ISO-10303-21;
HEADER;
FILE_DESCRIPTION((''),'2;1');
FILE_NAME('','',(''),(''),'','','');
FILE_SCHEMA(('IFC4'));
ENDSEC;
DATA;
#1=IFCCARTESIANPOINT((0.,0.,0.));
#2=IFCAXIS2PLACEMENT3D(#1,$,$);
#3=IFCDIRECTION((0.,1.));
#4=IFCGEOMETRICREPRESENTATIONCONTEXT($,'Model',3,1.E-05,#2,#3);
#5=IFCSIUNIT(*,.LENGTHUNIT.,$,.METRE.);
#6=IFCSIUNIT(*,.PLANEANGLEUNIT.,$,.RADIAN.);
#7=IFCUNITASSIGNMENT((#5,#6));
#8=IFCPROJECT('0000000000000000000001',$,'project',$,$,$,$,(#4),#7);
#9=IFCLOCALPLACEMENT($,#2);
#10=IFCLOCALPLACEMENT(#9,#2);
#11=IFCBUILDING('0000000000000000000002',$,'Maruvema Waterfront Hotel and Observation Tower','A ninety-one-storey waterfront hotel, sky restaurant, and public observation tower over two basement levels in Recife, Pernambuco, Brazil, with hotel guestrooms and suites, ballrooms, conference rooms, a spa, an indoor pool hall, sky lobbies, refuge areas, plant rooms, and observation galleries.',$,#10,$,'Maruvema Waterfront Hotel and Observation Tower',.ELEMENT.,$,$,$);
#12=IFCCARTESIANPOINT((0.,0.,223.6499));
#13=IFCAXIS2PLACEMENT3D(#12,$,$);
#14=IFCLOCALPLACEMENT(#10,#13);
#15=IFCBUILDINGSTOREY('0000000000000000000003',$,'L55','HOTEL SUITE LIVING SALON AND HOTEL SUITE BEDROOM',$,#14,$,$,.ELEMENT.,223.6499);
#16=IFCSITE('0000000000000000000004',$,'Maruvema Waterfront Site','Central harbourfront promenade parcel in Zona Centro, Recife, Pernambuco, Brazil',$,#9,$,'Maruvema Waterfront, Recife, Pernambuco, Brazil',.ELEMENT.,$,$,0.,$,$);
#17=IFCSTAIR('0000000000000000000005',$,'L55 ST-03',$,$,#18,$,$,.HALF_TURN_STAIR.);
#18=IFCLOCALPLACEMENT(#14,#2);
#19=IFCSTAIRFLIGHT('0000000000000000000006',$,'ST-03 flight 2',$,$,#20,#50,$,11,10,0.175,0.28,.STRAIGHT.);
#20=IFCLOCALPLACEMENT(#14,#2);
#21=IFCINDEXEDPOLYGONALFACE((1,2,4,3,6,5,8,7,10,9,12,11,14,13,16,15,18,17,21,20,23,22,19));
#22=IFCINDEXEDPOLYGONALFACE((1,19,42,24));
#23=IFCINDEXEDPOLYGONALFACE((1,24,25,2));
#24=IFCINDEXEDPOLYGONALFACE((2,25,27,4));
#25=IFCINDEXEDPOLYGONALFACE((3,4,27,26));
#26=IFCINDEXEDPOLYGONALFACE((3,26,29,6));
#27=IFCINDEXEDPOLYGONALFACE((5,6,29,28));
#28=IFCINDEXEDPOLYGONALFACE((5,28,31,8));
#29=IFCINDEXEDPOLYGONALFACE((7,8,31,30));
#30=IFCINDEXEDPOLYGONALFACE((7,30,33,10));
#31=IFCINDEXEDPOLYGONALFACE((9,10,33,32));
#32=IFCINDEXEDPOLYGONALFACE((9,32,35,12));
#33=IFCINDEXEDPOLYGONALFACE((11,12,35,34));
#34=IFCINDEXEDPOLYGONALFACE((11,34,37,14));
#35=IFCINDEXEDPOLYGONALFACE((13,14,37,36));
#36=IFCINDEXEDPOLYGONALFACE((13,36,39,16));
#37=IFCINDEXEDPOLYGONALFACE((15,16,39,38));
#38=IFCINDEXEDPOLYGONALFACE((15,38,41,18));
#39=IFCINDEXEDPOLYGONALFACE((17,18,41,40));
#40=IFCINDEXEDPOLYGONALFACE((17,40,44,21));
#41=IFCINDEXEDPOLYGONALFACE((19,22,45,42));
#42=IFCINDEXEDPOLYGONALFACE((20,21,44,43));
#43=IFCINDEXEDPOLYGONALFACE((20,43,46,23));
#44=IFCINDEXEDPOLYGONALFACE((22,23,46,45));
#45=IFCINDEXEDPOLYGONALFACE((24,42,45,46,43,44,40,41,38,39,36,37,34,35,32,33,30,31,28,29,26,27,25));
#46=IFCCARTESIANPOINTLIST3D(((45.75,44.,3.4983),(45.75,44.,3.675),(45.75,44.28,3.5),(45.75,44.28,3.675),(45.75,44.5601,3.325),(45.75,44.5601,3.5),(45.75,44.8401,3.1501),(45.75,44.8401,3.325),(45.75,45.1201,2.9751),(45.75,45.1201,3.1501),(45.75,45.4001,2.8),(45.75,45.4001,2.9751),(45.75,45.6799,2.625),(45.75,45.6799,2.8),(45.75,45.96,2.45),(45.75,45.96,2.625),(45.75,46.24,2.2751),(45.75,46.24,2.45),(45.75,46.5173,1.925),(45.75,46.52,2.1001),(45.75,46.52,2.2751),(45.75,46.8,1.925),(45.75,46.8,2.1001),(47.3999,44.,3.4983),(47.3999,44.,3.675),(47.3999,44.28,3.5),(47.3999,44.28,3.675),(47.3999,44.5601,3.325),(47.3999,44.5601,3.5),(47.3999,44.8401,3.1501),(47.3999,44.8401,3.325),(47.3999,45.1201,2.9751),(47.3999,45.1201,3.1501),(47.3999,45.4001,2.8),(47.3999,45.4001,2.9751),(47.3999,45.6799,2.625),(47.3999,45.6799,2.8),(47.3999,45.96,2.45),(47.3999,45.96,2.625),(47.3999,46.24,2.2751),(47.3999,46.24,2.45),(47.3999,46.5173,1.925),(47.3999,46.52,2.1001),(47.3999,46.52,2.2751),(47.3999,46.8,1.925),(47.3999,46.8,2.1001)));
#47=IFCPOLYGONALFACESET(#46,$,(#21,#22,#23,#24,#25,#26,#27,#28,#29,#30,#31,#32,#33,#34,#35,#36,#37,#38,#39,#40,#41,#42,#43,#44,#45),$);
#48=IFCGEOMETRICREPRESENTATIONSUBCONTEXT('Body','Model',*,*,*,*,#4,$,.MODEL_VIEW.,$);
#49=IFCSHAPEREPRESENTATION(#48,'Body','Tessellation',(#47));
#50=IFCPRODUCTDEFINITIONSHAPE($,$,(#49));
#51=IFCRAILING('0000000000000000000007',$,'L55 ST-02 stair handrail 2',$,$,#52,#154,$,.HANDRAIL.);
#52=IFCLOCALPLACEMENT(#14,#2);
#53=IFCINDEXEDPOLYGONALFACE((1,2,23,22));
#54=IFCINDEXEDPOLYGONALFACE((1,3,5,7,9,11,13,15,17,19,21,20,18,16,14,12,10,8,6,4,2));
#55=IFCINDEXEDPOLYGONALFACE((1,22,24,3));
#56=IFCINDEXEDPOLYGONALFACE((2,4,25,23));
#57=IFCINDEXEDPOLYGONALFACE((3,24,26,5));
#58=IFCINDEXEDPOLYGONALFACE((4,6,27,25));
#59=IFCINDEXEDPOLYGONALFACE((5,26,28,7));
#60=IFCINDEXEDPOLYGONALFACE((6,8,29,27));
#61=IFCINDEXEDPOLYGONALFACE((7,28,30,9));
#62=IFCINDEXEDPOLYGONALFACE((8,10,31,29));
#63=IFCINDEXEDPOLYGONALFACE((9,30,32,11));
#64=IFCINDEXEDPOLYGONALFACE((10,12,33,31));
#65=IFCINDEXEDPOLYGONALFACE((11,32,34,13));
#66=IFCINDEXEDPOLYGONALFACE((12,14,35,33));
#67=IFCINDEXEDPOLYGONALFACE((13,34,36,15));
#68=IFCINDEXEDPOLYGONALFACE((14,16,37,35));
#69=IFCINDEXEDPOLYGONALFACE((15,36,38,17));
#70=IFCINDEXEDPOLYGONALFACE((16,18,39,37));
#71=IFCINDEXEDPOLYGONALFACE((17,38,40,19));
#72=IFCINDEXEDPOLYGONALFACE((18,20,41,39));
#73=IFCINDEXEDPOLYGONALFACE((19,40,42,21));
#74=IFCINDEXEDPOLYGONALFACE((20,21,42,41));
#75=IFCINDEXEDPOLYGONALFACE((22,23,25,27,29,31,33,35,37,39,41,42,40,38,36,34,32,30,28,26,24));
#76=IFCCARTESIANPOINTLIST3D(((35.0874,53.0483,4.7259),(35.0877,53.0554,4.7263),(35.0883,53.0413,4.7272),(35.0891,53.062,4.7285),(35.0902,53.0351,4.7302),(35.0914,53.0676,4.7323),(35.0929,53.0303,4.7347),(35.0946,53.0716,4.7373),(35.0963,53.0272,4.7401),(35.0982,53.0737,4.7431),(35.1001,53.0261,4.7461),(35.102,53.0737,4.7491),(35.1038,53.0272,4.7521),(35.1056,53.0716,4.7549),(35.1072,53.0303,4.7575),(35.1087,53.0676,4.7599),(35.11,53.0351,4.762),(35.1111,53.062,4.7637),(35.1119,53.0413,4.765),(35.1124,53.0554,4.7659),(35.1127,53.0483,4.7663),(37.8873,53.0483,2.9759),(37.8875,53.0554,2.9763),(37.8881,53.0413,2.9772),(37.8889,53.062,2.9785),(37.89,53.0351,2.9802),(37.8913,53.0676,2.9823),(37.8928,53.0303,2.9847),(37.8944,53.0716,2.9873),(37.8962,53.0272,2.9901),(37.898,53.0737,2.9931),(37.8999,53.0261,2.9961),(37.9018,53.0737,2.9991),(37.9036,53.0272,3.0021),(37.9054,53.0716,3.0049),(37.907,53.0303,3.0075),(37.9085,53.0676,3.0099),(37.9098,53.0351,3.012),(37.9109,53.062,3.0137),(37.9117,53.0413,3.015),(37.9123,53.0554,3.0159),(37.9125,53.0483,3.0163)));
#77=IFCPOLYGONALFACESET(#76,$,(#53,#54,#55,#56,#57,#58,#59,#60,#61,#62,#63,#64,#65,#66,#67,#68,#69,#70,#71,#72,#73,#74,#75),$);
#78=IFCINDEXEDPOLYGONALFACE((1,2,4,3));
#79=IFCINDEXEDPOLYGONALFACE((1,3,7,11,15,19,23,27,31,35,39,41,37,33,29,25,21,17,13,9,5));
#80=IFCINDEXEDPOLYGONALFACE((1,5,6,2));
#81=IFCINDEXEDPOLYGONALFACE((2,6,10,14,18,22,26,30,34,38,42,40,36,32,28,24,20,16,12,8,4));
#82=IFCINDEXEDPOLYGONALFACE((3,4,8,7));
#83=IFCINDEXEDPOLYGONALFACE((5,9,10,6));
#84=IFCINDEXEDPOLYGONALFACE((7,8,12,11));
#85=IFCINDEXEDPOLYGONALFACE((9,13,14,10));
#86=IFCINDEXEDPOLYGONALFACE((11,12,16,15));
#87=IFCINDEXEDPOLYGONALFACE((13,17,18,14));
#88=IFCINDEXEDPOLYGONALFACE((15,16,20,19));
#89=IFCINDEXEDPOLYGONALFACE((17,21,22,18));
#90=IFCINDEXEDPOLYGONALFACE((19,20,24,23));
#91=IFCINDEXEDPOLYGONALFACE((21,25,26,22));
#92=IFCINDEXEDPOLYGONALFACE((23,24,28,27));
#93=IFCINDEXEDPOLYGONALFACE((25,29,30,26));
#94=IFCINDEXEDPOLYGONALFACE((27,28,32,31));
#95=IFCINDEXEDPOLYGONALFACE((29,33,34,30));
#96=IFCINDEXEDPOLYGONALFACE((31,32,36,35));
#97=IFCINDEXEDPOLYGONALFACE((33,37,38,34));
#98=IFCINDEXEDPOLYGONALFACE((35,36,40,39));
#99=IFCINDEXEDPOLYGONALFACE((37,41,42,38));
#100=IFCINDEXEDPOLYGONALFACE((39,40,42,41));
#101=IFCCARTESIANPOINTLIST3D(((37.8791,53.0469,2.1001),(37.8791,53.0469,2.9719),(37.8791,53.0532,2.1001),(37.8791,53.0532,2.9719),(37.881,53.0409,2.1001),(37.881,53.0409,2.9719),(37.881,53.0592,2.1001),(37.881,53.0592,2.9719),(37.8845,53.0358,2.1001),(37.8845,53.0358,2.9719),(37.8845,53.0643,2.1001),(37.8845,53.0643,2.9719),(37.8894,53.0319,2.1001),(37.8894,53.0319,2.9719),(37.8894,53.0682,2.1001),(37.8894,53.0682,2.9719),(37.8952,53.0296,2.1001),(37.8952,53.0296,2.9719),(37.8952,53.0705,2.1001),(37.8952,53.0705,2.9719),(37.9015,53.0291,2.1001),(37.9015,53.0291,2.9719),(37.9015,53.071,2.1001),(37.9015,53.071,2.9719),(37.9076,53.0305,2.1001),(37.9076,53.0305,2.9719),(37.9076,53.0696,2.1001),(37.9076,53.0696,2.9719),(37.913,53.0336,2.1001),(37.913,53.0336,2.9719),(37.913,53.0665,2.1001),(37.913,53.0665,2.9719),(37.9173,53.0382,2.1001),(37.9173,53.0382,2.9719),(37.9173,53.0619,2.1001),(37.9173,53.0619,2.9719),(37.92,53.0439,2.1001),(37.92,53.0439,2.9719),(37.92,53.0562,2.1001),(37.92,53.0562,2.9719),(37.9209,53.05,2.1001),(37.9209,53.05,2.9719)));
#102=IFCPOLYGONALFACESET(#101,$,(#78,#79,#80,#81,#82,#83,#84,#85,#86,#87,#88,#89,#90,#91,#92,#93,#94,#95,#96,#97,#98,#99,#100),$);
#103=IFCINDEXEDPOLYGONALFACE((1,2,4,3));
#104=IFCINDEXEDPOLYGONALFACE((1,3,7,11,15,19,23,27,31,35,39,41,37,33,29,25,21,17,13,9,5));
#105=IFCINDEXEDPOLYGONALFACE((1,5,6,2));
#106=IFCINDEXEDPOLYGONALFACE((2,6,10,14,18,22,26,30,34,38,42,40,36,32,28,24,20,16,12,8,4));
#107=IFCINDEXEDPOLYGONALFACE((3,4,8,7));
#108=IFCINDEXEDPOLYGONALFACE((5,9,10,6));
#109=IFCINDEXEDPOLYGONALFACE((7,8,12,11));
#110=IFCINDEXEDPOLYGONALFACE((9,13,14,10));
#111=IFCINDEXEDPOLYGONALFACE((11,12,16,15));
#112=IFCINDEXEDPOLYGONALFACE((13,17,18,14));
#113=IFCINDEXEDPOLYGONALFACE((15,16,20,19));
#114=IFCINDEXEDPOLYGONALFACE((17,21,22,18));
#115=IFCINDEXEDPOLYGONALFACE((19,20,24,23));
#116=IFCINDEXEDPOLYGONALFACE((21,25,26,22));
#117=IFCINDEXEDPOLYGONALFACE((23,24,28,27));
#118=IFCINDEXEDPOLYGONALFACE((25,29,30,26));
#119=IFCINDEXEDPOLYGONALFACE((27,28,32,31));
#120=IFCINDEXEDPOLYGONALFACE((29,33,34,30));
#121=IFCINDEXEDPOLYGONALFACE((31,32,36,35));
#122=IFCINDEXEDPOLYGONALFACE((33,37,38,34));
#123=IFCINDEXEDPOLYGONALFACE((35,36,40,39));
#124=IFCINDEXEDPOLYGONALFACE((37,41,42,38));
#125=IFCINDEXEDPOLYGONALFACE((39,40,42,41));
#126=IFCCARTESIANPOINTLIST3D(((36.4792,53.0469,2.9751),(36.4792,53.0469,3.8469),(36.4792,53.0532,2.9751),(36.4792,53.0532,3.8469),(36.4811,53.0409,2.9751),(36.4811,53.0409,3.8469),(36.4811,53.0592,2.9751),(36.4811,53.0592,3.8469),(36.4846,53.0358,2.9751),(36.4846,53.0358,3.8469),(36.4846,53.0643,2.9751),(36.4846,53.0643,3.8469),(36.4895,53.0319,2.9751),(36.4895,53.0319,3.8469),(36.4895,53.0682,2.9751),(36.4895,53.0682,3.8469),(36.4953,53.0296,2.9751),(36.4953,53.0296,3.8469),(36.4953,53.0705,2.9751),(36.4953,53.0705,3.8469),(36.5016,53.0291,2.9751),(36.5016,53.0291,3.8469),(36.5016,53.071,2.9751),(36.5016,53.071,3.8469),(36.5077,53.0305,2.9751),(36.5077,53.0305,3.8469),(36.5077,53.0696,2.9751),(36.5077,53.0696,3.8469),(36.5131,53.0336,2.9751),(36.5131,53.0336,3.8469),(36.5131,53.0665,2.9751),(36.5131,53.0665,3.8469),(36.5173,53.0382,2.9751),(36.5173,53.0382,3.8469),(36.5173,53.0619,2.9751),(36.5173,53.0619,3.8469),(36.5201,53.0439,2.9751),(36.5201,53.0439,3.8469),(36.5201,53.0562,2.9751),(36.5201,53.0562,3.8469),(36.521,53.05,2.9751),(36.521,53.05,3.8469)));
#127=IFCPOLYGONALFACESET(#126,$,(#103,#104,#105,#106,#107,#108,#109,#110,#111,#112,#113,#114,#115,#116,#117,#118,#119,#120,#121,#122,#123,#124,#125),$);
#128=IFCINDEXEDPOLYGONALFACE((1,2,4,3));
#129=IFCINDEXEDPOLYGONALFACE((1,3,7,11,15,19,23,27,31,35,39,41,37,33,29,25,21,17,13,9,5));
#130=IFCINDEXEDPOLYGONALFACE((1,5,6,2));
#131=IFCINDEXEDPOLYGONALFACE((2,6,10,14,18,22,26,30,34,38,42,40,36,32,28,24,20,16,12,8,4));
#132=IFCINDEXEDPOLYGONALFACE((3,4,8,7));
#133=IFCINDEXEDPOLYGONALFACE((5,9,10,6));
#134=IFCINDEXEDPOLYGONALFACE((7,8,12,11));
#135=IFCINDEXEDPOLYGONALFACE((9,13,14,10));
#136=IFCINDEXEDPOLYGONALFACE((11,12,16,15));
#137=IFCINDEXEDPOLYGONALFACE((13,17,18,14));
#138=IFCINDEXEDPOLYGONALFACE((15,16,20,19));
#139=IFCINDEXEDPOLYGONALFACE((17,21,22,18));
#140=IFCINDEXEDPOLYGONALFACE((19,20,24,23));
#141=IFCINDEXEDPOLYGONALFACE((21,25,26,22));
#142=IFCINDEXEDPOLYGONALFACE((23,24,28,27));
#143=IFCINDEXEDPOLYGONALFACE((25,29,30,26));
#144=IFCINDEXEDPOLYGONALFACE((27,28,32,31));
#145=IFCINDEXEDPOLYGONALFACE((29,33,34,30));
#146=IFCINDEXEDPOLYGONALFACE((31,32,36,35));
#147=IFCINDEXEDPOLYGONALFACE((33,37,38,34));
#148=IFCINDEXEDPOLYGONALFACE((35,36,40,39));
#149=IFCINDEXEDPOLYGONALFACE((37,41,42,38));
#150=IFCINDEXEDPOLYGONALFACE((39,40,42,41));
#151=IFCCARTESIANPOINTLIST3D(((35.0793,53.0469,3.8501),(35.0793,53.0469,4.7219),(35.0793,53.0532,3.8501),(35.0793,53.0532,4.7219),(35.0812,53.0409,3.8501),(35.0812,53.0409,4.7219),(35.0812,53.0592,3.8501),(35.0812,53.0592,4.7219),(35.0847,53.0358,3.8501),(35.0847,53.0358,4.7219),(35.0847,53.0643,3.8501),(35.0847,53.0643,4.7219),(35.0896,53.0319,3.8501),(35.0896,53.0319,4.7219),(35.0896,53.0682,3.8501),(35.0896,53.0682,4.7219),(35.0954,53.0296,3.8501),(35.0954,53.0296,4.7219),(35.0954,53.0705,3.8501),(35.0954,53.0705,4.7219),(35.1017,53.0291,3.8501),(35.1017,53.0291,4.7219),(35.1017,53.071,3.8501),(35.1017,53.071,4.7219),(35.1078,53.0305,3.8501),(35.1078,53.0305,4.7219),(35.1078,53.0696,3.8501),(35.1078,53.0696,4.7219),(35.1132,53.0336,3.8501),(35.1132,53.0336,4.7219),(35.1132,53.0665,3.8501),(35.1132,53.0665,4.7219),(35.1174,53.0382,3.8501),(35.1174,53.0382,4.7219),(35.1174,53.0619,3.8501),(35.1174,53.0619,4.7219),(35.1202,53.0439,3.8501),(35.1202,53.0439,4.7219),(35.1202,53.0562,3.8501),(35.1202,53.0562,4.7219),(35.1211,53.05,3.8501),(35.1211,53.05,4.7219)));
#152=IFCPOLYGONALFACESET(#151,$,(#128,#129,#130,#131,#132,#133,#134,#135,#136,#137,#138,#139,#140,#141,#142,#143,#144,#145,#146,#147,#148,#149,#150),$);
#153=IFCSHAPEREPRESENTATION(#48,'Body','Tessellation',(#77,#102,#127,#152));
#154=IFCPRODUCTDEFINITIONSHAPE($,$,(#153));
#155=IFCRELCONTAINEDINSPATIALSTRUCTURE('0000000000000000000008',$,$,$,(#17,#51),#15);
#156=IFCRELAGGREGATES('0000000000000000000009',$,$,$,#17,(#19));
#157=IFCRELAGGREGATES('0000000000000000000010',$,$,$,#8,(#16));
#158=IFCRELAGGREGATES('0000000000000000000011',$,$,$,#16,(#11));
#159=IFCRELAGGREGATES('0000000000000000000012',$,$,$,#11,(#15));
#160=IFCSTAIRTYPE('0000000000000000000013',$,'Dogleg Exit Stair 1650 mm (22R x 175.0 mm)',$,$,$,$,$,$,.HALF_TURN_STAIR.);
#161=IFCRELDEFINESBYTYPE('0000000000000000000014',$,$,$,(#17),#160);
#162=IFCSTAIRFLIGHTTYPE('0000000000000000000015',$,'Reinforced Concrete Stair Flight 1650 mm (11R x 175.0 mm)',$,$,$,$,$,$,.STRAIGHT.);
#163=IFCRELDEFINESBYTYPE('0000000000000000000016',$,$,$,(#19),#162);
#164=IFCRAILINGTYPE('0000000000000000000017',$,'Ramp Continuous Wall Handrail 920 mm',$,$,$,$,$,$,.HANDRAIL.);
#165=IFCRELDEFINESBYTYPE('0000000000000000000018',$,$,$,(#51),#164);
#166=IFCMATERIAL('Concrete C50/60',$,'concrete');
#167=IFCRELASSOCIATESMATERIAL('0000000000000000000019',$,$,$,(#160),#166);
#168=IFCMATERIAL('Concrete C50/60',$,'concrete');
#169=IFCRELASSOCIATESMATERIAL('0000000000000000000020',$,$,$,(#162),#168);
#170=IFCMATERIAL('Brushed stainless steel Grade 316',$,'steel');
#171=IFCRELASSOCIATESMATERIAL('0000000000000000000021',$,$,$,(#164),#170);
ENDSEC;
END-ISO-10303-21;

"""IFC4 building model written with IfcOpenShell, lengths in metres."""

from ifc_helpers import new_model, si_unit, direction, frame, origin, origin_2d, place, context, subcontext, project, spatial, polyline, circle, outline, extrude, material, type_object, element, aggregate, save


model = new_model("IFC4")

# Units and contexts
model_context = context("Model", 3, precision=1e-05, world=origin(), true_north=direction((0.0, 1.0)))
body_context = subcontext(model_context, "Body", "Model", "MODEL_VIEW")
ifc_project = project(units=[si_unit("LENGTHUNIT", "METRE"), si_unit("PLANEANGLEUNIT", "RADIAN")], contexts=[model_context])

# Site, building, storey
site_placement = place(None, origin())
site = spatial("IfcSite", under=ifc_project, at=site_placement, Name="Maruvema Waterfront Site", Description="Central harbourfront promenade parcel in Zona Centro, Recife, Pernambuco, Brazil", LongName="Maruvema Waterfront, Recife, Pernambuco, Brazil", CompositionType="ELEMENT", RefElevation=0.0)
building_placement = place(site_placement, origin())
building = spatial("IfcBuilding", under=site, at=building_placement, Name="Maruvema Waterfront Hotel and Observation Tower", Description="A ninety-one-storey waterfront hotel, sky restaurant, and public observation tower over two basement levels in Recife, Pernambuco, Brazil, with hotel guestrooms and suites, ballrooms, conference rooms, a spa, an indoor pool hall, sky lobbies, refuge areas, plant rooms, and observation galleries.", LongName="Maruvema Waterfront Hotel and Observation Tower", CompositionType="ELEMENT")
storey_placement = place(building_placement, frame((0.0, 0.0, 223.6499)))
storey = spatial("IfcBuildingStorey", under=building, at=storey_placement, Name="L55", Description="HOTEL SUITE LIVING SALON AND HOTEL SUITE BEDROOM", CompositionType="ELEMENT", Elevation=223.6499)

# Stair, stair flight
ifc_material_1 = material(Name="Concrete C50/60", Category="concrete")
stair_type = type_object("IfcStairType", Name="Dogleg Exit Stair 1650 mm (22R x 175.0 mm)", PredefinedType="HALF_TURN_STAIR", material=ifc_material_1)
ifc_material_2 = material(Name="Concrete C50/60", Category="concrete")
stair_flight_type = type_object("IfcStairFlightType", Name="Reinforced Concrete Stair Flight 1650 mm (11R x 175.0 mm)", PredefinedType="STRAIGHT", material=ifc_material_2)
stair_1_placement = place(storey_placement, origin())
stair_1 = element("IfcStair", 1, at=stair_1_placement, inside=storey, type_object=stair_type, Name="L55 ST-03", PredefinedType="HALF_TURN_STAIR")
stair_flight_1_placement = place(storey_placement, frame((46.575, 46.8, 1.925), z_axis=(0.0, 0.0, 1.0), x_axis=(0.0, -1.0, 0.0)))
stair_flight_1 = element("IfcStairFlight", 2, at=stair_flight_1_placement, type_object=stair_flight_type, Name="ST-03 flight 2", NumberOfRisers=11, NumberOfTreads=10, PredefinedType="STRAIGHT", RiserHeight=0.175, TreadLength=0.28, context=body_context, shape_type="SweptSolid", body=[
    extrude(outline(polyline([(0.0, 0.0), (0.0, 0.175), (0.28, 0.175), (0.28, 0.3501), (0.5601, 0.3501), (0.5601, 0.5249), (0.8401, 0.5249), (0.8401, 0.7), (1.1201, 0.7), (1.1201, 0.875), (1.3999, 0.875), (1.3999, 1.05), (1.6799, 1.05), (1.6799, 1.2251), (1.96, 1.2251), (1.96, 1.3999), (2.24, 1.3999), (2.24, 1.575), (2.52, 1.575), (2.52, 1.75), (2.8, 1.75), (2.8, 1.925), (2.8, 1.5732), (0.2827, 0.0), (0.0, 0.0)])), frame((0.0, 0.825, 0.0), z_axis=(0.0, -1.0, 0.0), x_axis=(1.0, 0.0, 0.0)), (0.0, 0.0, 1.0), 1.6499),
])
aggregate(stair_1, [stair_flight_1])

# Railing
ifc_material_3 = material(Name="Brushed stainless steel Grade 316", Category="steel")
railing_type_1 = type_object("IfcRailingType", Name="Ramp Continuous Wall Handrail 920 mm", PredefinedType="HANDRAIL", material=ifc_material_3)
railing_1_placement = place(storey_placement, frame((37.8999, 53.05, 2.1001)))
element("IfcRailing", 3, at=railing_1_placement, inside=storey, type_object=railing_type_1, Name="L55 ST-02 stair handrail 2", PredefinedType="HANDRAIL", context=body_context, shape_type="SweptSolid", body=[
    extrude(circle(Radius=0.0239, at=origin_2d()), frame((0.0, 0.0, 0.896), z_axis=(-0.847982, 0.0, 0.530026), x_axis=(0.0, -1.0, 0.0)), (0.0, 0.0, 1.0), 3.3018),
    extrude(circle(Radius=0.021, at=origin_2d()), origin(), (0.0, 0.0, 1.0), 0.8718),
    extrude(circle(Radius=0.021, at=origin_2d()), frame((-1.3999, 0.0, 0.875)), (0.0, 0.0, 1.0), 0.8718),
    extrude(circle(Radius=0.021, at=origin_2d()), frame((-2.7998, 0.0, 1.75)), (0.0, 0.0, 1.0), 0.8718),
])

save(model, "model.ifc")
